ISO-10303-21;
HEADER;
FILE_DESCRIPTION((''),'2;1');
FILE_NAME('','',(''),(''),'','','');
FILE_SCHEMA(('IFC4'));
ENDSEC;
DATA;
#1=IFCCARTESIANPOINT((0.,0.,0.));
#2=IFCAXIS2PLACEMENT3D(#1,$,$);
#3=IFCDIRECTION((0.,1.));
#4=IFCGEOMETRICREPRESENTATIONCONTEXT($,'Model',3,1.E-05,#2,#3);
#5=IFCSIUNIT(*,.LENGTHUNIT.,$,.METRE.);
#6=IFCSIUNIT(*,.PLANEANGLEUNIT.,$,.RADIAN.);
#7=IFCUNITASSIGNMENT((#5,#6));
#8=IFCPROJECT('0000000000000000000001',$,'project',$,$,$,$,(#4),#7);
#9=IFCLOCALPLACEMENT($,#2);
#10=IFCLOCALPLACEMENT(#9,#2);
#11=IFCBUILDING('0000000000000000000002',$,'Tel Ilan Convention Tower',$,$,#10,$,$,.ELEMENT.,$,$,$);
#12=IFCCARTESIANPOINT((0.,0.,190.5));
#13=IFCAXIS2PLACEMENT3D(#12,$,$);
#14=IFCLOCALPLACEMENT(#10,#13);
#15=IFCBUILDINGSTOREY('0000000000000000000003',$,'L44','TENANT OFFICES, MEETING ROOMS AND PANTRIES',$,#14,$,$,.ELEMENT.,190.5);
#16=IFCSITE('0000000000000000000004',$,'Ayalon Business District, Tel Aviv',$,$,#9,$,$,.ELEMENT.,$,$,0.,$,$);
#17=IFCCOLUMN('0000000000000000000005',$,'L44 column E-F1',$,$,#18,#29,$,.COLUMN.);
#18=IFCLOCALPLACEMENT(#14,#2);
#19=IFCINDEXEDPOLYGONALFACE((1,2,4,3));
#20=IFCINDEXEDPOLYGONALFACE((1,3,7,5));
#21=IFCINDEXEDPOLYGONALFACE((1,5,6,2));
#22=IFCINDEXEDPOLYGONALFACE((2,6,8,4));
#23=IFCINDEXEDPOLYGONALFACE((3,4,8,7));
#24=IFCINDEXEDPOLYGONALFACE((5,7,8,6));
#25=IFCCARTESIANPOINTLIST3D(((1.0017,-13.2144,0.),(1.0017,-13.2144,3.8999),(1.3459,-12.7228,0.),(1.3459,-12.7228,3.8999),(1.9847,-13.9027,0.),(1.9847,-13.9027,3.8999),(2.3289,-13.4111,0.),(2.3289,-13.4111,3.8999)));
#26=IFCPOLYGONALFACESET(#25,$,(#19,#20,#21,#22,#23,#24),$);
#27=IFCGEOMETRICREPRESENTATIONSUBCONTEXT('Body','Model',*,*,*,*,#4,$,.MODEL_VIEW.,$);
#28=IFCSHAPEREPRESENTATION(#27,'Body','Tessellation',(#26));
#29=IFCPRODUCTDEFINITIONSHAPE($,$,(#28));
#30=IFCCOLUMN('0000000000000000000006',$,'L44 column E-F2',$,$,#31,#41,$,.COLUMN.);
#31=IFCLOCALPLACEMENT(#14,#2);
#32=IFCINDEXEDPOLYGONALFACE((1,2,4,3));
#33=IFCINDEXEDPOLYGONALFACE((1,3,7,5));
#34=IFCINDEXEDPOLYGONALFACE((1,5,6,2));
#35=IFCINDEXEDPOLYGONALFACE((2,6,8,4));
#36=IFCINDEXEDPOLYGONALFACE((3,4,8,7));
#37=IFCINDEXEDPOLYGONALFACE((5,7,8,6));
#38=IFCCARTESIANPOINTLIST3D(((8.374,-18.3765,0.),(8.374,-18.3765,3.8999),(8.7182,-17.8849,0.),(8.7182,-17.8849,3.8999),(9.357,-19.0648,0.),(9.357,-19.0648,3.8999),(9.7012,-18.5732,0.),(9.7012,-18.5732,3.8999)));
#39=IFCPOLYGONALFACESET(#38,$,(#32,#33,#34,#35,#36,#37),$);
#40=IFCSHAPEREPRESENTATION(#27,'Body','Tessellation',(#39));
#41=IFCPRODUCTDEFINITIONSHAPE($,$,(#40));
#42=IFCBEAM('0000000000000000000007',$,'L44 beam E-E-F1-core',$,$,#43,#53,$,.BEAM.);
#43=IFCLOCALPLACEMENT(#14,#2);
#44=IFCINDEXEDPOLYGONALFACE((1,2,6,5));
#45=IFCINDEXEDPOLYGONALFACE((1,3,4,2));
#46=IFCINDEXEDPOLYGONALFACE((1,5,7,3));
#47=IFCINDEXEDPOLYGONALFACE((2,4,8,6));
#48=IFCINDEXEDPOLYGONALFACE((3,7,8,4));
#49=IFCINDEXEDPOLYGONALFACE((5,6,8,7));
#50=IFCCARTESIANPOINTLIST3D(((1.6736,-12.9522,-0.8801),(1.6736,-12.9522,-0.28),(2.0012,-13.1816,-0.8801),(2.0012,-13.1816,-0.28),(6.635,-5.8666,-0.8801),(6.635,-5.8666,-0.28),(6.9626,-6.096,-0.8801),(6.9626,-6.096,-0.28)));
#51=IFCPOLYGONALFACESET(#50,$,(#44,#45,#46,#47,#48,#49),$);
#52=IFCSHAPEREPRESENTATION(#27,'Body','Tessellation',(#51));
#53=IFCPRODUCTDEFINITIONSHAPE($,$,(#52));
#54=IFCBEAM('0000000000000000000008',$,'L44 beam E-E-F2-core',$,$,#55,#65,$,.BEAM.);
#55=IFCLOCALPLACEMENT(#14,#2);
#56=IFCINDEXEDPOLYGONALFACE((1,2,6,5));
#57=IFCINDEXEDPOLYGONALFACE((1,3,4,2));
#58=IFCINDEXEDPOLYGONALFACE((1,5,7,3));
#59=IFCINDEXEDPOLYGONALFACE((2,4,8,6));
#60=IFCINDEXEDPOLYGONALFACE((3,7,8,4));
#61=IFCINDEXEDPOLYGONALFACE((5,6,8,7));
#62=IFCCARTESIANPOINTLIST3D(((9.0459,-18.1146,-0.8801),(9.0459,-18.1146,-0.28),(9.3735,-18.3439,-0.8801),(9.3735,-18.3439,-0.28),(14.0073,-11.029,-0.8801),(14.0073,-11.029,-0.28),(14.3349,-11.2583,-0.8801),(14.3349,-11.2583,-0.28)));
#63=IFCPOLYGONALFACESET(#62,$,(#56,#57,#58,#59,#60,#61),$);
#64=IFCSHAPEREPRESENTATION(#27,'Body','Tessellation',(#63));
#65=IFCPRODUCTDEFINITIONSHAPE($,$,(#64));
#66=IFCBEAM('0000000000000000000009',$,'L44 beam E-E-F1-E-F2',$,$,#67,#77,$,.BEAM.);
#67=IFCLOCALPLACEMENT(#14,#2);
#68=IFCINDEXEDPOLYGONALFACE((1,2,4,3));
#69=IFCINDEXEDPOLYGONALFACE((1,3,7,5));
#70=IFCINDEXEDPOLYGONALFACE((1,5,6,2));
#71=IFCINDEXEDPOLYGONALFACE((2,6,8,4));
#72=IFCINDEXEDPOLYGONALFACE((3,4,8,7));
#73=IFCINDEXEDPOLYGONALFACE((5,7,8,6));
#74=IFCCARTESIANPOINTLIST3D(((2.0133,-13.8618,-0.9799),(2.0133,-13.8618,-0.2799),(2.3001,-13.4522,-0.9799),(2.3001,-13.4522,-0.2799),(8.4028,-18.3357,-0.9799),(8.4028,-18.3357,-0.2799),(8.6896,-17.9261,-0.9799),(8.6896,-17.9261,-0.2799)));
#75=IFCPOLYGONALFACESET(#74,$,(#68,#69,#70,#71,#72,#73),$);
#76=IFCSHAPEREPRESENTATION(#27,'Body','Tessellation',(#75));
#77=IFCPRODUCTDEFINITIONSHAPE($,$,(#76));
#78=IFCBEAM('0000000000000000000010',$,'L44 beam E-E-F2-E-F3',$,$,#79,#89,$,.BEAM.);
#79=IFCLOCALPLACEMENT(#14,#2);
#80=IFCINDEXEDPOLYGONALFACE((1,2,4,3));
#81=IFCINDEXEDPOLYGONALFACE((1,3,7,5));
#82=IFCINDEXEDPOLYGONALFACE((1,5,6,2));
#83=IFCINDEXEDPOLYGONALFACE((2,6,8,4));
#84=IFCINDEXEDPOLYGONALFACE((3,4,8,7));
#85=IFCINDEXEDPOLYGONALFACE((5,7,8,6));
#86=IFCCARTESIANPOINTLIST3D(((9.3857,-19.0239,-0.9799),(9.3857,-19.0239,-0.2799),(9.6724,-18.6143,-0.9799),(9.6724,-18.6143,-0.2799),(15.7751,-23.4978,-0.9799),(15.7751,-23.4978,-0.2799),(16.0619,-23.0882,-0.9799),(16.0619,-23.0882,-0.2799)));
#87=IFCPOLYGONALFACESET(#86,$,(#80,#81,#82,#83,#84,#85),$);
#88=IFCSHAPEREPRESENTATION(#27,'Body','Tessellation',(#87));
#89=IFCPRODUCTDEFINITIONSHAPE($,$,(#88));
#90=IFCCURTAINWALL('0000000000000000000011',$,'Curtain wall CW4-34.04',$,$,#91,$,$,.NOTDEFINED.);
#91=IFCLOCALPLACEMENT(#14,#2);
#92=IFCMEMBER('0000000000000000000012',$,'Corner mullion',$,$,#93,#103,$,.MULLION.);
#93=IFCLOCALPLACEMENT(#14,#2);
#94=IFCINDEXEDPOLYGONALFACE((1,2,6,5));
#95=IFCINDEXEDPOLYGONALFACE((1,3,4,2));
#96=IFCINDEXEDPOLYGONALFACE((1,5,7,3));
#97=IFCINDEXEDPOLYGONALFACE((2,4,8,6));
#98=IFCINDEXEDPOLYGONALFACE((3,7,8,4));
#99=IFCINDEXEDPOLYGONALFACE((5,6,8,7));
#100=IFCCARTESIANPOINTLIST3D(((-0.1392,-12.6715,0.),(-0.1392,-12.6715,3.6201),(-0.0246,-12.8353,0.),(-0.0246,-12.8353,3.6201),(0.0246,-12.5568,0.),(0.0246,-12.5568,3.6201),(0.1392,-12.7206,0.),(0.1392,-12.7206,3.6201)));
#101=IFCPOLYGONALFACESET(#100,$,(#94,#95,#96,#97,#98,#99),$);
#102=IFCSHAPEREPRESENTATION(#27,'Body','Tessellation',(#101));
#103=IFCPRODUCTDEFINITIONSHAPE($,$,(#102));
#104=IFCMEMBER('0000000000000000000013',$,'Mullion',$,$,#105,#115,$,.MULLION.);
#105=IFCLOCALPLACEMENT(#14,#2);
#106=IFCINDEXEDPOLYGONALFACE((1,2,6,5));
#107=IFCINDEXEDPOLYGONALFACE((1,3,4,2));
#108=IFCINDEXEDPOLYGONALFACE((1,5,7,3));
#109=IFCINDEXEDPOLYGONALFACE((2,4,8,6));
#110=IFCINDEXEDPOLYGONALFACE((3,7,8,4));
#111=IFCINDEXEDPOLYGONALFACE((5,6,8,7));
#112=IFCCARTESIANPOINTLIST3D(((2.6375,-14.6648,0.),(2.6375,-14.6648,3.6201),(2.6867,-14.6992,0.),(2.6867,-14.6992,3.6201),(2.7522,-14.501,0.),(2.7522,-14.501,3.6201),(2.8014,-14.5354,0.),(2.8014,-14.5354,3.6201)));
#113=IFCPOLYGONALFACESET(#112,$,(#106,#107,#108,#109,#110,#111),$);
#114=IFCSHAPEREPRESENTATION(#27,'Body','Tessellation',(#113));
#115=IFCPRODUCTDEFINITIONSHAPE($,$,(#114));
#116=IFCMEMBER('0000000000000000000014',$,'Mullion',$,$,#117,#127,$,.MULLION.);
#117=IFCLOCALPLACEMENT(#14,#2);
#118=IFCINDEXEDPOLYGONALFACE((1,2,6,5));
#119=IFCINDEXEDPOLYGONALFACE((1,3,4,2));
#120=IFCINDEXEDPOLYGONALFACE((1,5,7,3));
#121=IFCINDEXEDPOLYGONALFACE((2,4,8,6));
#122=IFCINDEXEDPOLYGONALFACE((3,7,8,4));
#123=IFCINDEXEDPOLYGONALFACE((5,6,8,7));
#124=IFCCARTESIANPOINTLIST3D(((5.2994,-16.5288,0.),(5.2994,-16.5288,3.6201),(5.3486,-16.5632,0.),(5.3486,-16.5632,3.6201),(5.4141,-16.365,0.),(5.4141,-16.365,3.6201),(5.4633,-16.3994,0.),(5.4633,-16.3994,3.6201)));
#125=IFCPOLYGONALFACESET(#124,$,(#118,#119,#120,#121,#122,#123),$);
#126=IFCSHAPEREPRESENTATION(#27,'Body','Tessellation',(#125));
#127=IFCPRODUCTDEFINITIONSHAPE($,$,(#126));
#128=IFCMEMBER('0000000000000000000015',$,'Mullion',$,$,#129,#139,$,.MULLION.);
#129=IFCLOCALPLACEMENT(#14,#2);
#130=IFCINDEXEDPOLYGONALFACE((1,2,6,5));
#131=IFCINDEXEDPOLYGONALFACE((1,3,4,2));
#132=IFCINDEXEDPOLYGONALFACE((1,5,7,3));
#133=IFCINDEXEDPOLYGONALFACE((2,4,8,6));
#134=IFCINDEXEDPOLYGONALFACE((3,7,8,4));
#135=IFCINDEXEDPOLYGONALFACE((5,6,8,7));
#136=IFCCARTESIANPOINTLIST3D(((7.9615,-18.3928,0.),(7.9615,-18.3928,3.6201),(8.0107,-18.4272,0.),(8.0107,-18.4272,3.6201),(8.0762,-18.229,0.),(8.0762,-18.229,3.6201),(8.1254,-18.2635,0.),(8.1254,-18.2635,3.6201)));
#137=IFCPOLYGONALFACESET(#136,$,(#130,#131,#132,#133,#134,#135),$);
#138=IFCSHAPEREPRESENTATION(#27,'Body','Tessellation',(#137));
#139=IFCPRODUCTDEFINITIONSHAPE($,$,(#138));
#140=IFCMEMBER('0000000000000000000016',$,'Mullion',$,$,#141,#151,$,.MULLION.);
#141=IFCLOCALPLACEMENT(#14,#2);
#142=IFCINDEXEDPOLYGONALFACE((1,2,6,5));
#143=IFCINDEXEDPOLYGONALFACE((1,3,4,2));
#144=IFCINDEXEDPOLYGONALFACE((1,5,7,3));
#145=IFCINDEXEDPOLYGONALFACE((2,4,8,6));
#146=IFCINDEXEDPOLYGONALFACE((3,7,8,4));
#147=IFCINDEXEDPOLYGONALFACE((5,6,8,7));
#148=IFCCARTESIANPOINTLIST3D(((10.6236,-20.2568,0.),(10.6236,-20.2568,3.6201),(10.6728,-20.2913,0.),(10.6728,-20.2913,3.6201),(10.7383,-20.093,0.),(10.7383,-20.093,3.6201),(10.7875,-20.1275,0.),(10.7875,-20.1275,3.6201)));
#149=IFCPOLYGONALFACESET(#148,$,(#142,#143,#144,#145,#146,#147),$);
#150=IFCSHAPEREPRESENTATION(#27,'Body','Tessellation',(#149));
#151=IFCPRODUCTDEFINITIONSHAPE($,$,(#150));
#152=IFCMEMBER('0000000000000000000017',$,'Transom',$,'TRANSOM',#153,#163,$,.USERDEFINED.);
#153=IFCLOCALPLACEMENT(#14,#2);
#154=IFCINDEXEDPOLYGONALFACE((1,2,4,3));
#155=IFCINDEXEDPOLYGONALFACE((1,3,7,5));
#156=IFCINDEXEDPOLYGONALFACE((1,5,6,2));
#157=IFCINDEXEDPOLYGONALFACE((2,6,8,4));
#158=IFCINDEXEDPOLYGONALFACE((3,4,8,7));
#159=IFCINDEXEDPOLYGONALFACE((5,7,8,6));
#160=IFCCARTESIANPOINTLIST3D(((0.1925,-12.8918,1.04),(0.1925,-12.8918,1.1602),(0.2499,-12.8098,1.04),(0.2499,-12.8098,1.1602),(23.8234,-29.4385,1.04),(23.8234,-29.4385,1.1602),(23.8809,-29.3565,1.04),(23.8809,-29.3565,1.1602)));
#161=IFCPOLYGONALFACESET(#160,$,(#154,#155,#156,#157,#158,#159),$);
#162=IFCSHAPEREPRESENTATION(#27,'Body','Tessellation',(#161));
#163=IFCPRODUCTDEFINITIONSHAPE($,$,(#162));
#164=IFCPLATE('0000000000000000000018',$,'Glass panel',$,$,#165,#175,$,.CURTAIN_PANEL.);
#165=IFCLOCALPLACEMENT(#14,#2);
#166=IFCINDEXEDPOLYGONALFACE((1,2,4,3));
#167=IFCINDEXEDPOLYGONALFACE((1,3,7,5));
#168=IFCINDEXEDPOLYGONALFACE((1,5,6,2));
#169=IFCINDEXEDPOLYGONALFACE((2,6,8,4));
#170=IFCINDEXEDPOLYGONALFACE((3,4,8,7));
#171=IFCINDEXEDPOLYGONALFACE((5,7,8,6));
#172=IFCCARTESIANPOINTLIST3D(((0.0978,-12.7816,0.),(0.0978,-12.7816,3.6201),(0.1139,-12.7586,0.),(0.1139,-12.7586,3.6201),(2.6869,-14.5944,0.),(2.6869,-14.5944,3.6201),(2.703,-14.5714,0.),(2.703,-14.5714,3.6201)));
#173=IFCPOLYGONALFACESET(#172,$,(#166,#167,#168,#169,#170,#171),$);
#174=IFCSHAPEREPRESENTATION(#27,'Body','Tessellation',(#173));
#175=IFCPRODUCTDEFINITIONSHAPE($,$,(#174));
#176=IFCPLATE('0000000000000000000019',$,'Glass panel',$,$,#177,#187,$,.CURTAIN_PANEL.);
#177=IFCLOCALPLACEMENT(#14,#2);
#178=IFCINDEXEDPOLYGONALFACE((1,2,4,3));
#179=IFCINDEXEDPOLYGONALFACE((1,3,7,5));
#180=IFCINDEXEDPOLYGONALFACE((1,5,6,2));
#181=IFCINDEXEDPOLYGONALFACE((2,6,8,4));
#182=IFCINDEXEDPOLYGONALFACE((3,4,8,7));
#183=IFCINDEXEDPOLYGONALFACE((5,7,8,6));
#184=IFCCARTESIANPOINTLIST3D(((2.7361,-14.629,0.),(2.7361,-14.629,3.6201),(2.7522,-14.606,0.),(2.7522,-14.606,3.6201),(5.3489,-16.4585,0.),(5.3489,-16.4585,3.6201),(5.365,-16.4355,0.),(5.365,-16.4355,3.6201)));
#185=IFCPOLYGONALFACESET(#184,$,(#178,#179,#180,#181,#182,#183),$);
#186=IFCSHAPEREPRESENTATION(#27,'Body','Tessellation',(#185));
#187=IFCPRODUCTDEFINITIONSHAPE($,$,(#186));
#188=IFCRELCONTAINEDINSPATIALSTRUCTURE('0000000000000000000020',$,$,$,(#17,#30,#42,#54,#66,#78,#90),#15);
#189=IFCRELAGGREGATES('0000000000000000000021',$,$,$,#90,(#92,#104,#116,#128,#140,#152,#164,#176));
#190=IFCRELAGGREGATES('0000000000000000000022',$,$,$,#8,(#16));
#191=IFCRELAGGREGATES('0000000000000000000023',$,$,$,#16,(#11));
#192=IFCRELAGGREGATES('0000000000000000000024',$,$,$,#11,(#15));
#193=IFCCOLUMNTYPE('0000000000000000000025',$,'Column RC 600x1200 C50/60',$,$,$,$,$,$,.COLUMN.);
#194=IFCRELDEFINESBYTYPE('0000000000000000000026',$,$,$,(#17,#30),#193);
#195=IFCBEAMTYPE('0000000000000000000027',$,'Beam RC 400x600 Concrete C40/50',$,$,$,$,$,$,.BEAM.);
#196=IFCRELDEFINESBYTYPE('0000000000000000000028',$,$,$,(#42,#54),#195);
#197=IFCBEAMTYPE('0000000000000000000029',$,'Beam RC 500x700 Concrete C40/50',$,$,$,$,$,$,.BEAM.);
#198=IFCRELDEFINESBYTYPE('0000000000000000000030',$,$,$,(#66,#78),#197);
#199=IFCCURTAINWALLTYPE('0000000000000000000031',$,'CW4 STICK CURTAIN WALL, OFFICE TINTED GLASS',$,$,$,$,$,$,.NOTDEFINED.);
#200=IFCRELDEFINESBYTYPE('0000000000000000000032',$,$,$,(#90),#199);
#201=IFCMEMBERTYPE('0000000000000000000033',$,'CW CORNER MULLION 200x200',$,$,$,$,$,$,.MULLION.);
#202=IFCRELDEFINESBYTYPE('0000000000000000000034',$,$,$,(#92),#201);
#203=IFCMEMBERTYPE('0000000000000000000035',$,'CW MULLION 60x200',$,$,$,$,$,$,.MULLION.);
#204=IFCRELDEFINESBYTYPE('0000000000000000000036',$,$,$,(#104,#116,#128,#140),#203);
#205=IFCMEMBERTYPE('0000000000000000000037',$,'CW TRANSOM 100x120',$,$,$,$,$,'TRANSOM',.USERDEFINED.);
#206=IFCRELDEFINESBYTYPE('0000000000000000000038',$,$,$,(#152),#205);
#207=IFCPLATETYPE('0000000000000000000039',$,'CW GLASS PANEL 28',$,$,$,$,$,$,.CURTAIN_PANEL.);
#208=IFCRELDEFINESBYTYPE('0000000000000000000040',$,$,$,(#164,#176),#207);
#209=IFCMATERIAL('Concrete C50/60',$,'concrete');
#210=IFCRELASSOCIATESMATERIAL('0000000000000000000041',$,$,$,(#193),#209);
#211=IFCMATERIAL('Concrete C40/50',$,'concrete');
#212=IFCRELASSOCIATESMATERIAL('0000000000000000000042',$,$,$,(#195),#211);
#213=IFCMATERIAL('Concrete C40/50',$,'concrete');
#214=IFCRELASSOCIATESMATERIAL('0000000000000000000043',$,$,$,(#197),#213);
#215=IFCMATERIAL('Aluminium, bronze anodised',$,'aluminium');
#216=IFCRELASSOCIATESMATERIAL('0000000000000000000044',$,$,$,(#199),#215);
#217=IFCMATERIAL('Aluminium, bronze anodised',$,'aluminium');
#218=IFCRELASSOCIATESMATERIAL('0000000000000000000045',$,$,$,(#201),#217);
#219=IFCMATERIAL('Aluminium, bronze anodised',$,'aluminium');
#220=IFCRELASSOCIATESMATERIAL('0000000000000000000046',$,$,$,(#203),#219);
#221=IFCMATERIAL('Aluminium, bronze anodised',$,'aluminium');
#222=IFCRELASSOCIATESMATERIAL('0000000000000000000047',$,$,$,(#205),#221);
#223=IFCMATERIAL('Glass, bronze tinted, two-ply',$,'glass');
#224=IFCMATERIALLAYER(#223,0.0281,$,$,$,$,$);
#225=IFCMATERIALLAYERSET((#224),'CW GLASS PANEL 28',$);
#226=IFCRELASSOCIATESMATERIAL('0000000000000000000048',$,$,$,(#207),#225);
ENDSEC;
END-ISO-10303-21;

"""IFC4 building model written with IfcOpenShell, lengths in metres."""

from ifc_helpers import new_model, si_unit, direction, frame, origin, origin_2d, place, context, subcontext, project, spatial, rectangle, extrude, material, layer, layer_set, material_profile, profile_set, type_object, element, aggregate, save


model = new_model("IFC4")

# Units and contexts
model_context = context("Model", 3, precision=1e-05, world=origin(), true_north=direction((0.0, 1.0)))
body_context = subcontext(model_context, "Body", "Model", "MODEL_VIEW")
ifc_project = project(units=[si_unit("LENGTHUNIT", "METRE"), si_unit("PLANEANGLEUNIT", "RADIAN")], contexts=[model_context])

# Site, building, storey
site_placement = place(None, origin())
site = spatial("IfcSite", under=ifc_project, at=site_placement, Name="Ayalon Business District, Tel Aviv", CompositionType="ELEMENT", RefElevation=0.0)
building_placement = place(site_placement, origin())
building = spatial("IfcBuilding", under=site, at=building_placement, Name="Tel Ilan Convention Tower", CompositionType="ELEMENT")
storey_placement = place(building_placement, frame((0.0, 0.0, 190.5)))
storey = spatial("IfcBuildingStorey", under=building, at=storey_placement, Name="L44", Description="TENANT OFFICES, MEETING ROOMS AND PANTRIES", CompositionType="ELEMENT", Elevation=190.5)

# Columns
ifc_material_1 = material(Name="Concrete C50/60", Category="concrete")
ifc_material_profile_1 = material_profile(ifc_material_1, rectangle(XDim=1.2, YDim=0.6001, at=origin_2d()), Name="RC 600x1200")
ifc_profile_set_1 = profile_set([ifc_material_profile_1], Name="Concrete C50/60")
column_type = type_object("IfcColumnType", Name="Column RC 600x1200 C50/60", PredefinedType="COLUMN", material=ifc_profile_set_1)
for number, where, z_axis, x_axis, name in (
    (1, (1.6653, -13.3127, 0.0), (0.0, 0.0, 1.0), (0.819152, -0.573576, 0.0), "L44 column E-F1"),
    (2, (9.0376, -18.4749, 0.0), (0.0, 0.0, 1.0), (0.819152, -0.573576, 0.0), "L44 column E-F2"),
):
    element("IfcColumn", number, at=place(storey_placement, frame(where, z_axis=z_axis, x_axis=x_axis)), inside=storey, type_object=column_type, Name=name, PredefinedType="COLUMN", context=body_context, shape_type="SweptSolid", body=[
        extrude(rectangle(XDim=1.2, YDim=0.6001, at=origin_2d()), origin(), (0.0, 0.0, 1.0), 3.8999),
    ])

# Beams
ifc_material_2 = material(Name="Concrete C40/50", Category="concrete")
ifc_material_profile_2 = material_profile(ifc_material_2, rectangle(XDim=0.3999, YDim=0.6001, at=origin_2d()), Name="RC 400x600")
ifc_profile_set_2 = profile_set([ifc_material_profile_2], Name="Concrete C40/50")
beam_type_1 = type_object("IfcBeamType", Name="Beam RC 400x600 Concrete C40/50", PredefinedType="BEAM", material=ifc_profile_set_2)
for number, where, z_axis, x_axis, name in (
    (3, (1.8374, -13.0669, -0.5801), (0.573574, 0.819154, 0.0), (-0.819154, 0.573574, 0.0), "L44 beam E-E-F1-core"),
    (4, (9.2097, -18.2292, -0.5801), (0.573574, 0.819154, 0.0), (-0.819154, 0.573574, 0.0), "L44 beam E-E-F2-core"),
):
    element("IfcBeam", number, at=place(storey_placement, frame(where, z_axis=z_axis, x_axis=x_axis)), inside=storey, type_object=beam_type_1, Name=name, PredefinedType="BEAM", context=body_context, shape_type="SweptSolid", body=[
        extrude(rectangle(XDim=0.3999, YDim=0.6001, at=origin_2d()), origin(), (0.0, 0.0, 1.0), 8.6499),
    ])
ifc_material_3 = material(Name="Concrete C40/50", Category="concrete")
ifc_material_profile_3 = material_profile(ifc_material_3, rectangle(XDim=0.5, YDim=0.7, at=origin_2d()), Name="RC 500x700")
ifc_profile_set_3 = profile_set([ifc_material_profile_3], Name="Concrete C40/50")
beam_type_2 = type_object("IfcBeamType", Name="Beam RC 500x700 Concrete C40/50", PredefinedType="BEAM", material=ifc_profile_set_3)
for number, where, z_axis, x_axis, name in (
    (5, (2.1567, -13.657, -0.6299), (0.819154, -0.573574, 0.0), (0.573574, 0.819154, 0.0), "L44 beam E-E-F1-E-F2"),
    (6, (9.5291, -18.8191, -0.6299), (0.819154, -0.573574, 0.0), (0.573574, 0.819154, 0.0), "L44 beam E-E-F2-E-F3"),
):
    element("IfcBeam", number, at=place(storey_placement, frame(where, z_axis=z_axis, x_axis=x_axis)), inside=storey, type_object=beam_type_2, Name=name, PredefinedType="BEAM", context=body_context, shape_type="SweptSolid", body=[
        extrude(rectangle(XDim=0.5, YDim=0.7, at=origin_2d()), origin(), (0.0, 0.0, 1.0), 7.8),
    ])

# Curtain wall, members, plates
ifc_material_4 = material(Name="Aluminium, bronze anodised", Category="aluminium")
curtain_wall_type = type_object("IfcCurtainWallType", Name="CW4 STICK CURTAIN WALL, OFFICE TINTED GLASS", PredefinedType="NOTDEFINED", material=ifc_material_4)
curtain_wall_placement = place(storey_placement, origin())
curtain_wall = element("IfcCurtainWall", 7, at=curtain_wall_placement, inside=storey, type_object=curtain_wall_type, Name="Curtain wall CW4-34.04", PredefinedType="NOTDEFINED")
ifc_material_5 = material(Name="Aluminium, bronze anodised", Category="aluminium")
ifc_material_profile_4 = material_profile(ifc_material_5, rectangle(XDim=0.2, YDim=0.2, at=origin_2d()), Name="CW CORNER MULLION 200x200")
ifc_profile_set_4 = profile_set([ifc_material_profile_4], Name="Aluminium, bronze anodised")
member_type_1 = type_object("IfcMemberType", Name="CW CORNER MULLION 200x200", PredefinedType="MULLION", material=ifc_profile_set_4)
member_1_placement = place(storey_placement, frame((0.0, -12.696, 0.0), z_axis=(0.0, 0.0, 1.0), x_axis=(0.819152, 0.573576, 0.0)))
member_1 = element("IfcMember", 8, at=member_1_placement, type_object=member_type_1, Name="Corner mullion", PredefinedType="MULLION", context=body_context, shape_type="SweptSolid", body=[
    extrude(rectangle(XDim=0.2, YDim=0.2, at=origin_2d()), origin(), (0.0, 0.0, 1.0), 3.6201),
])
ifc_material_6 = material(Name="Aluminium, bronze anodised", Category="aluminium")
ifc_material_profile_5 = material_profile(ifc_material_6, rectangle(XDim=0.0601, YDim=0.2, at=origin_2d()), Name="CW MULLION 60x200")
ifc_profile_set_5 = profile_set([ifc_material_profile_5], Name="Aluminium, bronze anodised")
member_type_2 = type_object("IfcMemberType", Name="CW MULLION 60x200", PredefinedType="MULLION", material=ifc_profile_set_5)
member_2_placement = place(storey_placement, frame((2.7195, -14.6001, 0.0), z_axis=(0.0, 0.0, 1.0), x_axis=(0.819152, -0.573576, 0.0)))
member_2 = element("IfcMember", 9, at=member_2_placement, type_object=member_type_2, Name="Mullion", PredefinedType="MULLION", context=body_context, shape_type="SweptSolid", body=[
    extrude(rectangle(XDim=0.0601, YDim=0.2, at=origin_2d()), origin(), (0.0, 0.0, 1.0), 3.6201),
])
member_3_placement = place(storey_placement, frame((5.3813, -16.4641, 0.0), z_axis=(0.0, 0.0, 1.0), x_axis=(0.819152, -0.573576, 0.0)))
member_3 = element("IfcMember", 10, at=member_3_placement, type_object=member_type_2, Name="Mullion", PredefinedType="MULLION", context=body_context, shape_type="SweptSolid", body=[
    extrude(rectangle(XDim=0.0601, YDim=0.2, at=origin_2d()), origin(), (0.0, 0.0, 1.0), 3.6201),
])
member_4_placement = place(storey_placement, frame((8.0435, -18.3281, 0.0), z_axis=(0.0, 0.0, 1.0), x_axis=(0.819152, -0.573576, 0.0)))
member_4 = element("IfcMember", 11, at=member_4_placement, type_object=member_type_2, Name="Mullion", PredefinedType="MULLION", context=body_context, shape_type="SweptSolid", body=[
    extrude(rectangle(XDim=0.0601, YDim=0.2, at=origin_2d()), origin(), (0.0, 0.0, 1.0), 3.6201),
])
member_5_placement = place(storey_placement, frame((10.7056, -20.1921, 0.0), z_axis=(0.0, 0.0, 1.0), x_axis=(0.819152, -0.573576, 0.0)))
member_5 = element("IfcMember", 12, at=member_5_placement, type_object=member_type_2, Name="Mullion", PredefinedType="MULLION", context=body_context, shape_type="SweptSolid", body=[
    extrude(rectangle(XDim=0.0601, YDim=0.2, at=origin_2d()), origin(), (0.0, 0.0, 1.0), 3.6201),
])
ifc_material_7 = material(Name="Aluminium, bronze anodised", Category="aluminium")
ifc_material_profile_6 = material_profile(ifc_material_7, rectangle(XDim=0.1001, YDim=0.1201, at=origin_2d()), Name="CW TRANSOM 100x120")
ifc_profile_set_6 = profile_set([ifc_material_profile_6], Name="Aluminium, bronze anodised")
member_type_3 = type_object("IfcMemberType", Name="CW TRANSOM 100x120", ElementType="TRANSOM", PredefinedType="USERDEFINED", material=ifc_profile_set_6)
member_6_placement = place(storey_placement, frame((0.2212, -12.8508, 1.1001), z_axis=(0.81915, -0.573579, 0.0), x_axis=(0.573579, 0.81915, 0.0)))
member_6 = element("IfcMember", 13, at=member_6_placement, type_object=member_type_3, Name="Transom", ObjectType="TRANSOM", PredefinedType="USERDEFINED", context=body_context, shape_type="SweptSolid", body=[
    extrude(rectangle(XDim=0.1001, YDim=0.1201, at=origin_2d()), origin(), (0.0, 0.0, 1.0), 28.8481),
])
ifc_material_8 = material(Name="Glass, bronze tinted, two-ply", Category="glass")
ifc_layer_1 = layer(ifc_material_8, 0.0281)
ifc_layer_set_1 = layer_set([ifc_layer_1], Name="CW GLASS PANEL 28")
plate_type = type_object("IfcPlateType", Name="CW GLASS PANEL 28", PredefinedType="CURTAIN_PANEL", material=ifc_layer_set_1)
plate_1_placement = place(storey_placement, frame((1.4004, -13.6765, 0.0), z_axis=(0.0, 0.0, 1.0), x_axis=(0.819152, -0.573576, 0.0)))
plate_1 = element("IfcPlate", 14, at=plate_1_placement, type_object=plate_type, Name="Glass panel", PredefinedType="CURTAIN_PANEL", context=body_context, shape_type="SweptSolid", body=[
    extrude(rectangle(XDim=3.1606, YDim=0.0281, at=origin_2d()), origin(), (0.0, 0.0, 1.0), 3.6201),
])
plate_2_placement = place(storey_placement, frame((4.0505, -15.5322, 0.0), z_axis=(0.0, 0.0, 1.0), x_axis=(0.819152, -0.573576, 0.0)))
plate_2 = element("IfcPlate", 15, at=plate_2_placement, type_object=plate_type, Name="Glass panel", PredefinedType="CURTAIN_PANEL", context=body_context, shape_type="SweptSolid", body=[
    extrude(rectangle(XDim=3.1897, YDim=0.0281, at=origin_2d()), origin(), (0.0, 0.0, 1.0), 3.6201),
])
aggregate(curtain_wall, [member_1, member_2, member_3, member_4, member_5, member_6, plate_1, plate_2])

save(model, "model.ifc")
